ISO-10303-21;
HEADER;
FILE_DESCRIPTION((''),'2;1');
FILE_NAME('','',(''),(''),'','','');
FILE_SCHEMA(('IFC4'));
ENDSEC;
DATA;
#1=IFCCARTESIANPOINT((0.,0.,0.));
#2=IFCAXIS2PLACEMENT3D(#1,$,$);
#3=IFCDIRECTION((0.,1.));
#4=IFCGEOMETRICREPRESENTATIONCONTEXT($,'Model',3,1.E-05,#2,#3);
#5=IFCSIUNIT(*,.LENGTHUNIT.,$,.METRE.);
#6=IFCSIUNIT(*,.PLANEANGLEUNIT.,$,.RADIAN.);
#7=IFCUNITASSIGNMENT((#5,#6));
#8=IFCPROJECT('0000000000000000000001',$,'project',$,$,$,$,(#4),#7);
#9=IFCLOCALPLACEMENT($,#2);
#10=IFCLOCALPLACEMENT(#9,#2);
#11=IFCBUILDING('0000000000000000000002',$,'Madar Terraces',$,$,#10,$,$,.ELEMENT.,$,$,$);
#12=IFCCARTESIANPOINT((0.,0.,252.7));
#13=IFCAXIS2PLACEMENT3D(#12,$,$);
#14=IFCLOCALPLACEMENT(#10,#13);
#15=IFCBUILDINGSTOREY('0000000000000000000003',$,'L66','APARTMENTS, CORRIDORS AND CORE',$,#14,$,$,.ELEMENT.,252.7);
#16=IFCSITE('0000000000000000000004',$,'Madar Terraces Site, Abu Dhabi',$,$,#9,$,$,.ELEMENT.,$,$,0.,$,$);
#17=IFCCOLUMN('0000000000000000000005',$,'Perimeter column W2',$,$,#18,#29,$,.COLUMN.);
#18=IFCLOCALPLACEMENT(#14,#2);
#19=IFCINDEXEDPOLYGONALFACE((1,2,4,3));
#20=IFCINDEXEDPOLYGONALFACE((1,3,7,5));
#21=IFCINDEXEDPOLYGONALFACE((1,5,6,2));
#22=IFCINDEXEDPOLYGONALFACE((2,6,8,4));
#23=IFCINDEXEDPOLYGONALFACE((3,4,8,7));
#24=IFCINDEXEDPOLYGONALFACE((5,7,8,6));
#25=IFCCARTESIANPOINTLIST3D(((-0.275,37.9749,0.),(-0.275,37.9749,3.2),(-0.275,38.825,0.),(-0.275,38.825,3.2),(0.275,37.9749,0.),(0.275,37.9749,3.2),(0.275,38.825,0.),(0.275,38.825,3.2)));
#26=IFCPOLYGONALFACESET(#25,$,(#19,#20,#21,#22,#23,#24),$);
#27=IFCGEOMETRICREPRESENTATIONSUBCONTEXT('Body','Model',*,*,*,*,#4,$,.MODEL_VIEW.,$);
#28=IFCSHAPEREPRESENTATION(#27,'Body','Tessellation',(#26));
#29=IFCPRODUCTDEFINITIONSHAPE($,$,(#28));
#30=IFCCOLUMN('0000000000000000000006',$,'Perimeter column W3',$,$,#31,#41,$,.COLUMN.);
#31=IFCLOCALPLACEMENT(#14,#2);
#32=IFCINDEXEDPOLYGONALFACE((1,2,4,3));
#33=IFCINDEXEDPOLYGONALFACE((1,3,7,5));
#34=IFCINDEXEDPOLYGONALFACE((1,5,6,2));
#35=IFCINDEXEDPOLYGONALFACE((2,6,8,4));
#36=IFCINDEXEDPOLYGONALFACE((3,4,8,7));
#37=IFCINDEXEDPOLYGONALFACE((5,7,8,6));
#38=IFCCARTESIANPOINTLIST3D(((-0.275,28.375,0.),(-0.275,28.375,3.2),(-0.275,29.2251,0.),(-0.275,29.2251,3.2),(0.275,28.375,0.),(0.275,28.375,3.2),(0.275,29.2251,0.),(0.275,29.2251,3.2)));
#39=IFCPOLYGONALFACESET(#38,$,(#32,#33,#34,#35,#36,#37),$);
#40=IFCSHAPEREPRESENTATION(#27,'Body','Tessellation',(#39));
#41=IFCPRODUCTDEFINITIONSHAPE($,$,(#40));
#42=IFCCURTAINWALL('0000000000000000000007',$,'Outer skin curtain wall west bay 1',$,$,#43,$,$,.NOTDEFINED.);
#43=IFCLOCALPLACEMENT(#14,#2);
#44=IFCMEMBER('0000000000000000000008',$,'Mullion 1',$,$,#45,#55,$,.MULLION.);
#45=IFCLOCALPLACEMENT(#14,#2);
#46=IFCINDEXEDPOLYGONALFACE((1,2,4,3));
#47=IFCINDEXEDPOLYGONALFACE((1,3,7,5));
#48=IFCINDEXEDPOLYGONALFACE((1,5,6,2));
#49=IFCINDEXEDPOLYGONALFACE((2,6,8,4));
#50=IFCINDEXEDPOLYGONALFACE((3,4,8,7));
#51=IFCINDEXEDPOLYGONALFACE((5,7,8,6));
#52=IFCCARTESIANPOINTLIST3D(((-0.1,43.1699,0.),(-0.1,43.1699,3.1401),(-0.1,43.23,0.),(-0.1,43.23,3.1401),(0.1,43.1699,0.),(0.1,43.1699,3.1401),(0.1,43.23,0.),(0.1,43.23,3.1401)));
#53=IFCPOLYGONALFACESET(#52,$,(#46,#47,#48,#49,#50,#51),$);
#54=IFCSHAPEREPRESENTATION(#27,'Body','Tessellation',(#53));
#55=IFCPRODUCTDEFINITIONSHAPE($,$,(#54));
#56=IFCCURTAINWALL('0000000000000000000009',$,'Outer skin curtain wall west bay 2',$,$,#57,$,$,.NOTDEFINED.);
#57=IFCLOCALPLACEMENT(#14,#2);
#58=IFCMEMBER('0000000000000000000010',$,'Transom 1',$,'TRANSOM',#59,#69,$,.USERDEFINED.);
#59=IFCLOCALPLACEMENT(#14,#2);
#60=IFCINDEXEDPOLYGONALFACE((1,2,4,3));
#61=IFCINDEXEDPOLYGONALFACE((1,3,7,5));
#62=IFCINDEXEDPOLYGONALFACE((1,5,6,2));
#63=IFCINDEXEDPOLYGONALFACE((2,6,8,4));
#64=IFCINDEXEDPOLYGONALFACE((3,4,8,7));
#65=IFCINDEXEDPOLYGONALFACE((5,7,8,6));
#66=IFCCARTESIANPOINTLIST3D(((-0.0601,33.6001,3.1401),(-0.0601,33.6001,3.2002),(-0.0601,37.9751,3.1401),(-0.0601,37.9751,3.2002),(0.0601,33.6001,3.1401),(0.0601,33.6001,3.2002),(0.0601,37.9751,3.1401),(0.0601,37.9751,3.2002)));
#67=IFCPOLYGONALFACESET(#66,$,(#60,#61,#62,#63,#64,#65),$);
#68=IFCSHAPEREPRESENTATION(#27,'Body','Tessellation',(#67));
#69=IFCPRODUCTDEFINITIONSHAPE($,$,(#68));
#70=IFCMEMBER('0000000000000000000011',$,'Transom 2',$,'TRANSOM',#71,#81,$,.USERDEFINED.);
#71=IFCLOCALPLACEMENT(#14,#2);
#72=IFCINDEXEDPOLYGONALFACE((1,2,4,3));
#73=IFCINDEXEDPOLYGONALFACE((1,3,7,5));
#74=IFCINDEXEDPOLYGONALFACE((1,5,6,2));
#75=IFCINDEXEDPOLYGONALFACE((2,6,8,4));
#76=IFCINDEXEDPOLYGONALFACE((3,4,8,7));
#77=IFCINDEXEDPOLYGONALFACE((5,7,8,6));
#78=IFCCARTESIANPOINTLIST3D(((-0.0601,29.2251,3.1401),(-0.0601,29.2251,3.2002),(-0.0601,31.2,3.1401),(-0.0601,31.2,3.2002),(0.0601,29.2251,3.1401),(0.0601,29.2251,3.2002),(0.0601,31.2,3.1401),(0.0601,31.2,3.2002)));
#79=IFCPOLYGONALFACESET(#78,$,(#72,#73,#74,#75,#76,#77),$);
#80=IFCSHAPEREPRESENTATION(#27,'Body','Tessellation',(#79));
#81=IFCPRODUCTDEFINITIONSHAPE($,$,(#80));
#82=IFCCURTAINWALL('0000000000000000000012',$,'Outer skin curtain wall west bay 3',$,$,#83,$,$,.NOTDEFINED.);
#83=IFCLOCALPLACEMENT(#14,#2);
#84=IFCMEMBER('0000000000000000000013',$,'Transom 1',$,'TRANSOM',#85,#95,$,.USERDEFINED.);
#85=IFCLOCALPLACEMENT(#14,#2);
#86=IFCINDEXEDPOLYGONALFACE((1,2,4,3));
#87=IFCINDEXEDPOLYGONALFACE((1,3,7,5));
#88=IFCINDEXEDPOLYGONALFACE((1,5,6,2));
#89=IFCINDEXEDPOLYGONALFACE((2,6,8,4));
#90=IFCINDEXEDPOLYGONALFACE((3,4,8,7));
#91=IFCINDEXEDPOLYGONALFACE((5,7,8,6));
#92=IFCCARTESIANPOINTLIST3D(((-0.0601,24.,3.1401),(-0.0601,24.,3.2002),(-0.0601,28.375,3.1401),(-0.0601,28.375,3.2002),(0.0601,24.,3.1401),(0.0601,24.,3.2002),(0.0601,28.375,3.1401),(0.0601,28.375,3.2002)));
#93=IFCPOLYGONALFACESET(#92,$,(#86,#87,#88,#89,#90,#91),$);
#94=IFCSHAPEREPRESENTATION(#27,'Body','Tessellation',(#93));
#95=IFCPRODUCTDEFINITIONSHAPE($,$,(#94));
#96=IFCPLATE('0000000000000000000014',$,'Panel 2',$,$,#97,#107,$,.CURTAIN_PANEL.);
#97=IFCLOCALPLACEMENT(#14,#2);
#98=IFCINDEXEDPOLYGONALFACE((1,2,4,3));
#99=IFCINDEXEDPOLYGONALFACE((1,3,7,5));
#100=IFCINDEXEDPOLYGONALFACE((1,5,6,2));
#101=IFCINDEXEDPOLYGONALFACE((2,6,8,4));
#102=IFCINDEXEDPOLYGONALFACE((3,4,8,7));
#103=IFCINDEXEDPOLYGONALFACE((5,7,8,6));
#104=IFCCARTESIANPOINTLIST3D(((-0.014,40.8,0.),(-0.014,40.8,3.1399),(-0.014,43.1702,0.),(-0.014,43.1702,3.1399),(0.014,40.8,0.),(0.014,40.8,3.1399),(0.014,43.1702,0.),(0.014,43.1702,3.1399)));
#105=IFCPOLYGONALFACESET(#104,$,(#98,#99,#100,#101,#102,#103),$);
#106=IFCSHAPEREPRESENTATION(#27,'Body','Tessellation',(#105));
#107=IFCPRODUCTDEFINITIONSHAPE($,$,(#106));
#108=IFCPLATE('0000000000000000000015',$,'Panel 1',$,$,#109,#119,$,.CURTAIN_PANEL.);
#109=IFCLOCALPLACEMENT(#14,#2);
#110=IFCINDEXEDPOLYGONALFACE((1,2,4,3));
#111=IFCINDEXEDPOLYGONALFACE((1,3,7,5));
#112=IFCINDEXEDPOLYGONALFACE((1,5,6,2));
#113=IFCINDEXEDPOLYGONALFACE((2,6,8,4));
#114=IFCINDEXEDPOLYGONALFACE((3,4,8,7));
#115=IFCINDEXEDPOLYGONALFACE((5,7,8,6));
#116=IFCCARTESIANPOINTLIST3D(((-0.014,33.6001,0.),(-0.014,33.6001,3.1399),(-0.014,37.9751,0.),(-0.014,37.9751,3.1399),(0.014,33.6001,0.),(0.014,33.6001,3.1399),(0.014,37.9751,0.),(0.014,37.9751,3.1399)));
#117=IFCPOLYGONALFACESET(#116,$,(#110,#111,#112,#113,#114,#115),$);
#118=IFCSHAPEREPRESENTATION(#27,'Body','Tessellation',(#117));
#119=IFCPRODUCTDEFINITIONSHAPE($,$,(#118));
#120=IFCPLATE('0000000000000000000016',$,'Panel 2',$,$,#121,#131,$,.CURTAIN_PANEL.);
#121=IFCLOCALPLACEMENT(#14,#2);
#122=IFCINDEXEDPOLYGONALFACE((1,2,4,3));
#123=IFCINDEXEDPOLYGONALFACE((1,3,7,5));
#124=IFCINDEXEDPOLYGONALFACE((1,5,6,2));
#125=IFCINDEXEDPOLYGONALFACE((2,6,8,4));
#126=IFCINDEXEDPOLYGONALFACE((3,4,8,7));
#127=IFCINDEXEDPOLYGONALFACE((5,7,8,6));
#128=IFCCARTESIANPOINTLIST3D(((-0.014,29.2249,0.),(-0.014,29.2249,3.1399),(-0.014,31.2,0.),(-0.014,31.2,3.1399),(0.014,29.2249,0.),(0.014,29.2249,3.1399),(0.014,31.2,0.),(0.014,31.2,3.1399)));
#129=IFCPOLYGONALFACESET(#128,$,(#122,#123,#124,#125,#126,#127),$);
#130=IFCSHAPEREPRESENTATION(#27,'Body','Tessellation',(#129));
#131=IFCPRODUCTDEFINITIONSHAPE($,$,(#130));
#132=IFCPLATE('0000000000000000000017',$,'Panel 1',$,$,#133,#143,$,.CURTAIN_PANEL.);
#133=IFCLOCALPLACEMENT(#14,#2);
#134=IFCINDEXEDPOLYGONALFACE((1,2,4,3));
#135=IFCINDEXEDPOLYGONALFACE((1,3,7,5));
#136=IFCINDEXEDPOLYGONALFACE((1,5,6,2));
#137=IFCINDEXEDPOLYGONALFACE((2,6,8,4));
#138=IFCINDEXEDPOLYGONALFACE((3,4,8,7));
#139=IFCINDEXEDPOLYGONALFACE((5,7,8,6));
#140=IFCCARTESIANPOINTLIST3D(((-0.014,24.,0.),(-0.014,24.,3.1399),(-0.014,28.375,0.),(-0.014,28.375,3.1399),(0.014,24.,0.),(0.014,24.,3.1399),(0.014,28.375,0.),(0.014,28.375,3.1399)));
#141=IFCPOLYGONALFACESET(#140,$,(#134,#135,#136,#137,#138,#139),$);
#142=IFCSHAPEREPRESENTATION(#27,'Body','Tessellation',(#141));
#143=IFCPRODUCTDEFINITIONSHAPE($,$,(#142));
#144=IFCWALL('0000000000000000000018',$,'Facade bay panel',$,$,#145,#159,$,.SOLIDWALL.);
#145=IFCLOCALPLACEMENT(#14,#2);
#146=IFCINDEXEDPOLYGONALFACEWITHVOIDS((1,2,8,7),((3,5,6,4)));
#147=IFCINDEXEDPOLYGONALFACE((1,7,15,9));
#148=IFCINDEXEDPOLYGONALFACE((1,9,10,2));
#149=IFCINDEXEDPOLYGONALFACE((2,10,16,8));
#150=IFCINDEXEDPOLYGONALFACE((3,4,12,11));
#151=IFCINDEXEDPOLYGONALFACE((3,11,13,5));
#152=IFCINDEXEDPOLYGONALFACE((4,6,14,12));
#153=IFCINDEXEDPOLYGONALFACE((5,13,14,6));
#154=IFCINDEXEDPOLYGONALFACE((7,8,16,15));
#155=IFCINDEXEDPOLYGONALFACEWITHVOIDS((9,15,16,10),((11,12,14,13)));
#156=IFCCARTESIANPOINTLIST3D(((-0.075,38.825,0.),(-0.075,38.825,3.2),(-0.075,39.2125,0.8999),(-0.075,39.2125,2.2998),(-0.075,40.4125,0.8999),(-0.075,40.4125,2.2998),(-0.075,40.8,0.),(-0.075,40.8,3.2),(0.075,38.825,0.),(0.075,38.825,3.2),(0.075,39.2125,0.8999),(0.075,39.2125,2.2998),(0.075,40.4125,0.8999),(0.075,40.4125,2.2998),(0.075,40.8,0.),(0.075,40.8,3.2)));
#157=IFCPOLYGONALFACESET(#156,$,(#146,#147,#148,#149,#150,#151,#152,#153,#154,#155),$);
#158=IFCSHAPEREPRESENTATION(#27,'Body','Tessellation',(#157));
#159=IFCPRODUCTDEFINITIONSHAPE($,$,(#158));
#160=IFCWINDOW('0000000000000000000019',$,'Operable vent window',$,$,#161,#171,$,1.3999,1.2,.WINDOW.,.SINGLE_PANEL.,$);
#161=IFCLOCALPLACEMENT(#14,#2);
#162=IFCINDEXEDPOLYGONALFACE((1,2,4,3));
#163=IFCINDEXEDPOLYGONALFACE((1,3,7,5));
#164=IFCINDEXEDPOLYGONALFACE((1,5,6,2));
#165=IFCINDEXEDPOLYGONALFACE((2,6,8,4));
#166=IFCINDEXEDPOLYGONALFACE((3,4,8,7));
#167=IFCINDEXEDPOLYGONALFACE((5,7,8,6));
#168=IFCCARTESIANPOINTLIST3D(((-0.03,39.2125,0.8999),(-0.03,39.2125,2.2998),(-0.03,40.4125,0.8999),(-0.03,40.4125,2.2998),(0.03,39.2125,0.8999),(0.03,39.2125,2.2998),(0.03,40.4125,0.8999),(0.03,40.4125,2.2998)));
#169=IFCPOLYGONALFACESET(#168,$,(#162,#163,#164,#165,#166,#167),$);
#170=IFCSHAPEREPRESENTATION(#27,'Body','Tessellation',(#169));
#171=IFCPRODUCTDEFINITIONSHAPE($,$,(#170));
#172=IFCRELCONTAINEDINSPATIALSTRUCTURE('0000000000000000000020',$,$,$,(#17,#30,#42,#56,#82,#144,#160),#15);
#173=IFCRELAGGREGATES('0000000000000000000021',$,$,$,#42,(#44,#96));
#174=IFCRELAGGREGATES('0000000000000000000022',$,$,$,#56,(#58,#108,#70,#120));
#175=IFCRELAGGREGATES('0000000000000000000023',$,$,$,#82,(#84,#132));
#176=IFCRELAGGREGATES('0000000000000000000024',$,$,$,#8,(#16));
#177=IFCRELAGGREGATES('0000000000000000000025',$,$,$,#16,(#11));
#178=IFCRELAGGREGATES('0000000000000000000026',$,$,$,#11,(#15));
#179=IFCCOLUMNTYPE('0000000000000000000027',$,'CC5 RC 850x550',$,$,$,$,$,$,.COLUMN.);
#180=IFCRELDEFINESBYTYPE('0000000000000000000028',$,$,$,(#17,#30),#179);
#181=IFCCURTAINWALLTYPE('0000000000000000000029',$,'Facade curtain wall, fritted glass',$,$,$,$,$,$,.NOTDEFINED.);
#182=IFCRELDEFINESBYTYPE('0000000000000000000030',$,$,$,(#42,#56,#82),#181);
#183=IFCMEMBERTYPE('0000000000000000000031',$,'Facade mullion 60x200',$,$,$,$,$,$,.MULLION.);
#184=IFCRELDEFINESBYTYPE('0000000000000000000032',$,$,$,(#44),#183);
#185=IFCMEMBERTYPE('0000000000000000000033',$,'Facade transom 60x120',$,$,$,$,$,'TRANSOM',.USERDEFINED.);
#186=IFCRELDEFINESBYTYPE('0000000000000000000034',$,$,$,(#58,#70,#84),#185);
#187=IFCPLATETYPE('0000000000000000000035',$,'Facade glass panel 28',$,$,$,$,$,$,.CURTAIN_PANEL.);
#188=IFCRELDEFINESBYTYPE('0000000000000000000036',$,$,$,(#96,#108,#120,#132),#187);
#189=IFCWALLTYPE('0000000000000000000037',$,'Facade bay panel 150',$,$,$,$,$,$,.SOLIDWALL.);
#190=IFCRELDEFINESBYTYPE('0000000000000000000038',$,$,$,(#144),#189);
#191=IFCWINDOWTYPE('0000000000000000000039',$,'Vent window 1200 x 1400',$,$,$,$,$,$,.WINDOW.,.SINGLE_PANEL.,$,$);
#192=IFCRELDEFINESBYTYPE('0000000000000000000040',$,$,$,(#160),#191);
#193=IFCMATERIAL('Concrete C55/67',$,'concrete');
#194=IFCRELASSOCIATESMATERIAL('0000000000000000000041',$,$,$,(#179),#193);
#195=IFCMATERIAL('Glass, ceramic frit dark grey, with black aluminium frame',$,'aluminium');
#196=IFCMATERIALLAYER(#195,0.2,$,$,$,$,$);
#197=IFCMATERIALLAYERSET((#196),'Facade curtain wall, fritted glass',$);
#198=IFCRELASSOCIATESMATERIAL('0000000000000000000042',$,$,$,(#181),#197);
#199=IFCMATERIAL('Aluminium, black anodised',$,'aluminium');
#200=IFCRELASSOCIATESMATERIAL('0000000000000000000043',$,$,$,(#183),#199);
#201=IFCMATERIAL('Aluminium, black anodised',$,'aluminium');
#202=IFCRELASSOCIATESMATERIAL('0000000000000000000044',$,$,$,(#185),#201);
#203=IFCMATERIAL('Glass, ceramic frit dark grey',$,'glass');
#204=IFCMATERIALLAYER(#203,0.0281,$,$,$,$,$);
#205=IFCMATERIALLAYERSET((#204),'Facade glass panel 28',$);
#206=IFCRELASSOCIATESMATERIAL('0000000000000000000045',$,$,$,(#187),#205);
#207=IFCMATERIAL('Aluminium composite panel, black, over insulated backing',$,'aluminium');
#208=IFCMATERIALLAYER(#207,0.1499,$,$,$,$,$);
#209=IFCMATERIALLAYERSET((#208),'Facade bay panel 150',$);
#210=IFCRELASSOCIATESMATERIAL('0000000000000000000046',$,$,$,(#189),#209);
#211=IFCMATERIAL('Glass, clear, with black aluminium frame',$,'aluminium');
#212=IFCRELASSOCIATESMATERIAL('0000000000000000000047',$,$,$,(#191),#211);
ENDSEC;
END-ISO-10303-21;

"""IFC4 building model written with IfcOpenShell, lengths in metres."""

from ifc_helpers import new_model, si_unit, direction, frame, frame_2d, origin, origin_2d, place, context, subcontext, project, spatial, rectangle, extrude, material, layer, layer_set, material_profile, profile_set, type_object, element, fill, aggregate, save


model = new_model("IFC4")

# Units and contexts
model_context = context("Model", 3, precision=1e-05, world=origin(), true_north=direction((0.0, 1.0)))
body_context = subcontext(model_context, "Body", "Model", "MODEL_VIEW")
ifc_project = project(units=[si_unit("LENGTHUNIT", "METRE"), si_unit("PLANEANGLEUNIT", "RADIAN")], contexts=[model_context])

# Site, building, storey
site_placement = place(None, origin())
site = spatial("IfcSite", under=ifc_project, at=site_placement, Name="Madar Terraces Site, Abu Dhabi", CompositionType="ELEMENT", RefElevation=0.0)
building_placement = place(site_placement, origin())
building = spatial("IfcBuilding", under=site, at=building_placement, Name="Madar Terraces", CompositionType="ELEMENT")
storey_placement = place(building_placement, frame((0.0, 0.0, 252.7)))
storey = spatial("IfcBuildingStorey", under=building, at=storey_placement, Name="L66", Description="APARTMENTS, CORRIDORS AND CORE", CompositionType="ELEMENT", Elevation=252.7)

# Columns
ifc_material_1 = material(Name="Concrete C55/67", Category="concrete")
ifc_material_profile_1 = material_profile(ifc_material_1, rectangle(XDim=0.8501, YDim=0.55, at=origin_2d()), Name="CC5 RC 850x550")
ifc_profile_set_1 = profile_set([ifc_material_profile_1], Name="Concrete C55/67")
column_type = type_object("IfcColumnType", Name="CC5 RC 850x550", PredefinedType="COLUMN", material=ifc_profile_set_1)
for number, where, z_axis, x_axis, name in (
    (1, (0.0, 38.3999, 0.0), (0.0, 0.0, 1.0), (0.0, 1.0, 0.0), "Perimeter column W2"),
    (2, (0.0, 28.8, 0.0), (0.0, 0.0, 1.0), (0.0, 1.0, 0.0), "Perimeter column W3"),
):
    element("IfcColumn", number, at=place(storey_placement, frame(where, z_axis=z_axis, x_axis=x_axis)), inside=storey, type_object=column_type, Name=name, PredefinedType="COLUMN", context=body_context, shape_type="SweptSolid", body=[
        extrude(rectangle(XDim=0.8501, YDim=0.55, at=origin_2d()), origin(), (0.0, 0.0, 1.0), 3.2),
    ])

# Curtain wall, member
ifc_material_2 = material(Name="Glass, ceramic frit dark grey, with black aluminium frame", Category="aluminium")
ifc_layer_1 = layer(ifc_material_2, 0.2)
ifc_layer_set_1 = layer_set([ifc_layer_1], Name="Facade curtain wall, fritted glass")
curtain_wall_type = type_object("IfcCurtainWallType", Name="Facade curtain wall, fritted glass", PredefinedType="NOTDEFINED", material=ifc_layer_set_1)
curtain_wall_1_placement = place(storey_placement, origin())
curtain_wall_1 = element("IfcCurtainWall", 3, at=curtain_wall_1_placement, inside=storey, type_object=curtain_wall_type, Name="Outer skin curtain wall west bay 1", PredefinedType="NOTDEFINED")
ifc_material_3 = material(Name="Aluminium, black anodised", Category="aluminium")
ifc_material_profile_2 = material_profile(ifc_material_3, rectangle(XDim=0.2, YDim=0.0601, at=origin_2d()), Name="Facade mullion 60x200")
ifc_profile_set_2 = profile_set([ifc_material_profile_2], Name="Aluminium, black anodised")
member_type_1 = type_object("IfcMemberType", Name="Facade mullion 60x200", PredefinedType="MULLION", material=ifc_profile_set_2)
member_1_placement = place(storey_placement, frame((0.0, 43.2, 0.0), z_axis=(0.0, 0.0, 1.0), x_axis=(1.0, 0.0, 0.0)))
member_1 = element("IfcMember", 4, at=member_1_placement, type_object=member_type_1, Name="Mullion 1", PredefinedType="MULLION", context=body_context, shape_type="SweptSolid", body=[
    extrude(rectangle(XDim=0.2, YDim=0.0601, at=origin_2d()), origin(), (0.0, 0.0, 1.0), 3.1401),
])

# Curtain wall, members
curtain_wall_2_placement = place(storey_placement, origin())
curtain_wall_2 = element("IfcCurtainWall", 5, at=curtain_wall_2_placement, inside=storey, type_object=curtain_wall_type, Name="Outer skin curtain wall west bay 2", PredefinedType="NOTDEFINED")
ifc_material_4 = material(Name="Aluminium, black anodised", Category="aluminium")
ifc_material_profile_3 = material_profile(ifc_material_4, rectangle(XDim=0.1201, YDim=0.0601, at=origin_2d()), Name="Facade transom 60x120")
ifc_profile_set_3 = profile_set([ifc_material_profile_3], Name="Aluminium, black anodised")
member_type_2 = type_object("IfcMemberType", Name="Facade transom 60x120", ElementType="TRANSOM", PredefinedType="USERDEFINED", material=ifc_profile_set_3)
member_2_placement = place(storey_placement, frame((0.0, 37.9751, 3.1702), z_axis=(0.0, -1.0, 0.0), x_axis=(1.0, 0.0, 0.0)))
member_2 = element("IfcMember", 6, at=member_2_placement, type_object=member_type_2, Name="Transom 1", ObjectType="TRANSOM", PredefinedType="USERDEFINED", context=body_context, shape_type="SweptSolid", body=[
    extrude(rectangle(XDim=0.1201, YDim=0.0601, at=origin_2d()), origin(), (0.0, 0.0, 1.0), 4.375),
])
member_3_placement = place(storey_placement, frame((0.0, 31.2, 3.1702), z_axis=(0.0, -1.0, 0.0), x_axis=(1.0, 0.0, 0.0)))
member_3 = element("IfcMember", 7, at=member_3_placement, type_object=member_type_2, Name="Transom 2", ObjectType="TRANSOM", PredefinedType="USERDEFINED", context=body_context, shape_type="SweptSolid", body=[
    extrude(rectangle(XDim=0.1201, YDim=0.0601, at=origin_2d()), origin(), (0.0, 0.0, 1.0), 1.9749),
])

# Curtain wall, member
curtain_wall_3_placement = place(storey_placement, origin())
curtain_wall_3 = element("IfcCurtainWall", 8, at=curtain_wall_3_placement, inside=storey, type_object=curtain_wall_type, Name="Outer skin curtain wall west bay 3", PredefinedType="NOTDEFINED")
member_4_placement = place(storey_placement, frame((0.0, 28.375, 3.1702), z_axis=(0.0, -1.0, 0.0), x_axis=(1.0, 0.0, 0.0)))
member_4 = element("IfcMember", 9, at=member_4_placement, type_object=member_type_2, Name="Transom 1", ObjectType="TRANSOM", PredefinedType="USERDEFINED", context=body_context, shape_type="SweptSolid", body=[
    extrude(rectangle(XDim=0.1201, YDim=0.0601, at=origin_2d()), origin(), (0.0, 0.0, 1.0), 4.375),
])

# Plates
ifc_material_5 = material(Name="Glass, ceramic frit dark grey", Category="glass")
ifc_layer_2 = layer(ifc_material_5, 0.0281)
ifc_layer_set_2 = layer_set([ifc_layer_2], Name="Facade glass panel 28")
plate_type = type_object("IfcPlateType", Name="Facade glass panel 28", PredefinedType="CURTAIN_PANEL", material=ifc_layer_set_2)
plate_1_placement = place(storey_placement, frame((0.0, 41.9851, 0.0), z_axis=(0.0, 0.0, 1.0), x_axis=(0.0, -1.0, 0.0)))
plate_1 = element("IfcPlate", 10, at=plate_1_placement, type_object=plate_type, Name="Panel 2", PredefinedType="CURTAIN_PANEL", context=body_context, shape_type="SweptSolid", body=[
    extrude(rectangle(XDim=2.3701, YDim=0.0281, at=origin_2d()), origin(), (0.0, 0.0, 1.0), 3.1399),
])
aggregate(curtain_wall_1, [member_1, plate_1])
plate_2_placement = place(storey_placement, frame((0.0, 35.7876, 0.0), z_axis=(0.0, 0.0, 1.0), x_axis=(0.0, -1.0, 0.0)))
plate_2 = element("IfcPlate", 11, at=plate_2_placement, type_object=plate_type, Name="Panel 1", PredefinedType="CURTAIN_PANEL", context=body_context, shape_type="SweptSolid", body=[
    extrude(rectangle(XDim=4.375, YDim=0.0281, at=origin_2d()), origin(), (0.0, 0.0, 1.0), 3.1399),
])
plate_3_placement = place(storey_placement, frame((0.0, 30.2124, 0.0), z_axis=(0.0, 0.0, 1.0), x_axis=(0.0, -1.0, 0.0)))
plate_3 = element("IfcPlate", 12, at=plate_3_placement, type_object=plate_type, Name="Panel 2", PredefinedType="CURTAIN_PANEL", context=body_context, shape_type="SweptSolid", body=[
    extrude(rectangle(XDim=1.9751, YDim=0.0281, at=origin_2d()), origin(), (0.0, 0.0, 1.0), 3.1399),
])
aggregate(curtain_wall_2, [member_2, plate_2, member_3, plate_3])
plate_4_placement = place(storey_placement, frame((0.0, 26.1875, 0.0), z_axis=(0.0, 0.0, 1.0), x_axis=(0.0, -1.0, 0.0)))
plate_4 = element("IfcPlate", 13, at=plate_4_placement, type_object=plate_type, Name="Panel 1", PredefinedType="CURTAIN_PANEL", context=body_context, shape_type="SweptSolid", body=[
    extrude(rectangle(XDim=4.375, YDim=0.0281, at=origin_2d()), origin(), (0.0, 0.0, 1.0), 3.1399),
])
aggregate(curtain_wall_3, [member_4, plate_4])

# Wall, opening, window
ifc_material_6 = material(Name="Aluminium composite panel, black, over insulated backing", Category="aluminium")
ifc_layer_3 = layer(ifc_material_6, 0.1499)
ifc_layer_set_3 = layer_set([ifc_layer_3], Name="Facade bay panel 150")
wall_type_1 = type_object("IfcWallType", Name="Facade bay panel 150", PredefinedType="SOLIDWALL", material=ifc_layer_set_3)
wall_1_placement = place(storey_placement, frame((0.0, 40.8, 0.0), z_axis=(0.0, 0.0, 1.0), x_axis=(0.0, -1.0, 0.0)))
wall_1 = element("IfcWall", 14, at=wall_1_placement, inside=storey, type_object=wall_type_1, Name="Facade bay panel", PredefinedType="SOLIDWALL", context=body_context, shape_type="SweptSolid", body=[
    extrude(rectangle(XDim=1.9751, YDim=0.1499, at=frame_2d((0.9875, 0.0))), origin(), (0.0, 0.0, 1.0), 3.2),
])
opening_1_placement = place(wall_1_placement, frame((0.3875, 0.0, 0.8999)))
opening_1 = element("IfcOpeningElement", 15, at=opening_1_placement, cuts=wall_1, PredefinedType="OPENING", context=body_context, shape_type="SweptSolid", body=[
    extrude(rectangle(XDim=1.2, YDim=1.3999, at=frame_2d((0.6001, 0.7))), frame((0.0, 0.085, 0.0), z_axis=(0.0, -1.0, 0.0), x_axis=(1.0, 0.0, 0.0)), (0.0, 0.0, 1.0), 0.1699),
])
ifc_material_7 = material(Name="Glass, clear, with black aluminium frame", Category="aluminium")
window_type = type_object("IfcWindowType", Name="Vent window 1200 x 1400", PartitioningType="SINGLE_PANEL", PredefinedType="WINDOW", material=ifc_material_7)
window_placement = place(opening_1_placement, origin())
window = element("IfcWindow", 16, at=window_placement, inside=storey, type_object=window_type, Name="Operable vent window", OverallHeight=1.3999, OverallWidth=1.2, PartitioningType="SINGLE_PANEL", PredefinedType="WINDOW", context=body_context, shape_type="SweptSolid", body=[
    extrude(rectangle(XDim=1.2, YDim=1.3999, at=frame_2d((0.6001, 0.7))), frame((0.0, 0.03, 0.0), z_axis=(0.0, -1.0, 0.0), x_axis=(1.0, 0.0, 0.0)), (0.0, 0.0, 1.0), 0.0601),
])
fill(opening_1, window)

save(model, "model.ifc")
